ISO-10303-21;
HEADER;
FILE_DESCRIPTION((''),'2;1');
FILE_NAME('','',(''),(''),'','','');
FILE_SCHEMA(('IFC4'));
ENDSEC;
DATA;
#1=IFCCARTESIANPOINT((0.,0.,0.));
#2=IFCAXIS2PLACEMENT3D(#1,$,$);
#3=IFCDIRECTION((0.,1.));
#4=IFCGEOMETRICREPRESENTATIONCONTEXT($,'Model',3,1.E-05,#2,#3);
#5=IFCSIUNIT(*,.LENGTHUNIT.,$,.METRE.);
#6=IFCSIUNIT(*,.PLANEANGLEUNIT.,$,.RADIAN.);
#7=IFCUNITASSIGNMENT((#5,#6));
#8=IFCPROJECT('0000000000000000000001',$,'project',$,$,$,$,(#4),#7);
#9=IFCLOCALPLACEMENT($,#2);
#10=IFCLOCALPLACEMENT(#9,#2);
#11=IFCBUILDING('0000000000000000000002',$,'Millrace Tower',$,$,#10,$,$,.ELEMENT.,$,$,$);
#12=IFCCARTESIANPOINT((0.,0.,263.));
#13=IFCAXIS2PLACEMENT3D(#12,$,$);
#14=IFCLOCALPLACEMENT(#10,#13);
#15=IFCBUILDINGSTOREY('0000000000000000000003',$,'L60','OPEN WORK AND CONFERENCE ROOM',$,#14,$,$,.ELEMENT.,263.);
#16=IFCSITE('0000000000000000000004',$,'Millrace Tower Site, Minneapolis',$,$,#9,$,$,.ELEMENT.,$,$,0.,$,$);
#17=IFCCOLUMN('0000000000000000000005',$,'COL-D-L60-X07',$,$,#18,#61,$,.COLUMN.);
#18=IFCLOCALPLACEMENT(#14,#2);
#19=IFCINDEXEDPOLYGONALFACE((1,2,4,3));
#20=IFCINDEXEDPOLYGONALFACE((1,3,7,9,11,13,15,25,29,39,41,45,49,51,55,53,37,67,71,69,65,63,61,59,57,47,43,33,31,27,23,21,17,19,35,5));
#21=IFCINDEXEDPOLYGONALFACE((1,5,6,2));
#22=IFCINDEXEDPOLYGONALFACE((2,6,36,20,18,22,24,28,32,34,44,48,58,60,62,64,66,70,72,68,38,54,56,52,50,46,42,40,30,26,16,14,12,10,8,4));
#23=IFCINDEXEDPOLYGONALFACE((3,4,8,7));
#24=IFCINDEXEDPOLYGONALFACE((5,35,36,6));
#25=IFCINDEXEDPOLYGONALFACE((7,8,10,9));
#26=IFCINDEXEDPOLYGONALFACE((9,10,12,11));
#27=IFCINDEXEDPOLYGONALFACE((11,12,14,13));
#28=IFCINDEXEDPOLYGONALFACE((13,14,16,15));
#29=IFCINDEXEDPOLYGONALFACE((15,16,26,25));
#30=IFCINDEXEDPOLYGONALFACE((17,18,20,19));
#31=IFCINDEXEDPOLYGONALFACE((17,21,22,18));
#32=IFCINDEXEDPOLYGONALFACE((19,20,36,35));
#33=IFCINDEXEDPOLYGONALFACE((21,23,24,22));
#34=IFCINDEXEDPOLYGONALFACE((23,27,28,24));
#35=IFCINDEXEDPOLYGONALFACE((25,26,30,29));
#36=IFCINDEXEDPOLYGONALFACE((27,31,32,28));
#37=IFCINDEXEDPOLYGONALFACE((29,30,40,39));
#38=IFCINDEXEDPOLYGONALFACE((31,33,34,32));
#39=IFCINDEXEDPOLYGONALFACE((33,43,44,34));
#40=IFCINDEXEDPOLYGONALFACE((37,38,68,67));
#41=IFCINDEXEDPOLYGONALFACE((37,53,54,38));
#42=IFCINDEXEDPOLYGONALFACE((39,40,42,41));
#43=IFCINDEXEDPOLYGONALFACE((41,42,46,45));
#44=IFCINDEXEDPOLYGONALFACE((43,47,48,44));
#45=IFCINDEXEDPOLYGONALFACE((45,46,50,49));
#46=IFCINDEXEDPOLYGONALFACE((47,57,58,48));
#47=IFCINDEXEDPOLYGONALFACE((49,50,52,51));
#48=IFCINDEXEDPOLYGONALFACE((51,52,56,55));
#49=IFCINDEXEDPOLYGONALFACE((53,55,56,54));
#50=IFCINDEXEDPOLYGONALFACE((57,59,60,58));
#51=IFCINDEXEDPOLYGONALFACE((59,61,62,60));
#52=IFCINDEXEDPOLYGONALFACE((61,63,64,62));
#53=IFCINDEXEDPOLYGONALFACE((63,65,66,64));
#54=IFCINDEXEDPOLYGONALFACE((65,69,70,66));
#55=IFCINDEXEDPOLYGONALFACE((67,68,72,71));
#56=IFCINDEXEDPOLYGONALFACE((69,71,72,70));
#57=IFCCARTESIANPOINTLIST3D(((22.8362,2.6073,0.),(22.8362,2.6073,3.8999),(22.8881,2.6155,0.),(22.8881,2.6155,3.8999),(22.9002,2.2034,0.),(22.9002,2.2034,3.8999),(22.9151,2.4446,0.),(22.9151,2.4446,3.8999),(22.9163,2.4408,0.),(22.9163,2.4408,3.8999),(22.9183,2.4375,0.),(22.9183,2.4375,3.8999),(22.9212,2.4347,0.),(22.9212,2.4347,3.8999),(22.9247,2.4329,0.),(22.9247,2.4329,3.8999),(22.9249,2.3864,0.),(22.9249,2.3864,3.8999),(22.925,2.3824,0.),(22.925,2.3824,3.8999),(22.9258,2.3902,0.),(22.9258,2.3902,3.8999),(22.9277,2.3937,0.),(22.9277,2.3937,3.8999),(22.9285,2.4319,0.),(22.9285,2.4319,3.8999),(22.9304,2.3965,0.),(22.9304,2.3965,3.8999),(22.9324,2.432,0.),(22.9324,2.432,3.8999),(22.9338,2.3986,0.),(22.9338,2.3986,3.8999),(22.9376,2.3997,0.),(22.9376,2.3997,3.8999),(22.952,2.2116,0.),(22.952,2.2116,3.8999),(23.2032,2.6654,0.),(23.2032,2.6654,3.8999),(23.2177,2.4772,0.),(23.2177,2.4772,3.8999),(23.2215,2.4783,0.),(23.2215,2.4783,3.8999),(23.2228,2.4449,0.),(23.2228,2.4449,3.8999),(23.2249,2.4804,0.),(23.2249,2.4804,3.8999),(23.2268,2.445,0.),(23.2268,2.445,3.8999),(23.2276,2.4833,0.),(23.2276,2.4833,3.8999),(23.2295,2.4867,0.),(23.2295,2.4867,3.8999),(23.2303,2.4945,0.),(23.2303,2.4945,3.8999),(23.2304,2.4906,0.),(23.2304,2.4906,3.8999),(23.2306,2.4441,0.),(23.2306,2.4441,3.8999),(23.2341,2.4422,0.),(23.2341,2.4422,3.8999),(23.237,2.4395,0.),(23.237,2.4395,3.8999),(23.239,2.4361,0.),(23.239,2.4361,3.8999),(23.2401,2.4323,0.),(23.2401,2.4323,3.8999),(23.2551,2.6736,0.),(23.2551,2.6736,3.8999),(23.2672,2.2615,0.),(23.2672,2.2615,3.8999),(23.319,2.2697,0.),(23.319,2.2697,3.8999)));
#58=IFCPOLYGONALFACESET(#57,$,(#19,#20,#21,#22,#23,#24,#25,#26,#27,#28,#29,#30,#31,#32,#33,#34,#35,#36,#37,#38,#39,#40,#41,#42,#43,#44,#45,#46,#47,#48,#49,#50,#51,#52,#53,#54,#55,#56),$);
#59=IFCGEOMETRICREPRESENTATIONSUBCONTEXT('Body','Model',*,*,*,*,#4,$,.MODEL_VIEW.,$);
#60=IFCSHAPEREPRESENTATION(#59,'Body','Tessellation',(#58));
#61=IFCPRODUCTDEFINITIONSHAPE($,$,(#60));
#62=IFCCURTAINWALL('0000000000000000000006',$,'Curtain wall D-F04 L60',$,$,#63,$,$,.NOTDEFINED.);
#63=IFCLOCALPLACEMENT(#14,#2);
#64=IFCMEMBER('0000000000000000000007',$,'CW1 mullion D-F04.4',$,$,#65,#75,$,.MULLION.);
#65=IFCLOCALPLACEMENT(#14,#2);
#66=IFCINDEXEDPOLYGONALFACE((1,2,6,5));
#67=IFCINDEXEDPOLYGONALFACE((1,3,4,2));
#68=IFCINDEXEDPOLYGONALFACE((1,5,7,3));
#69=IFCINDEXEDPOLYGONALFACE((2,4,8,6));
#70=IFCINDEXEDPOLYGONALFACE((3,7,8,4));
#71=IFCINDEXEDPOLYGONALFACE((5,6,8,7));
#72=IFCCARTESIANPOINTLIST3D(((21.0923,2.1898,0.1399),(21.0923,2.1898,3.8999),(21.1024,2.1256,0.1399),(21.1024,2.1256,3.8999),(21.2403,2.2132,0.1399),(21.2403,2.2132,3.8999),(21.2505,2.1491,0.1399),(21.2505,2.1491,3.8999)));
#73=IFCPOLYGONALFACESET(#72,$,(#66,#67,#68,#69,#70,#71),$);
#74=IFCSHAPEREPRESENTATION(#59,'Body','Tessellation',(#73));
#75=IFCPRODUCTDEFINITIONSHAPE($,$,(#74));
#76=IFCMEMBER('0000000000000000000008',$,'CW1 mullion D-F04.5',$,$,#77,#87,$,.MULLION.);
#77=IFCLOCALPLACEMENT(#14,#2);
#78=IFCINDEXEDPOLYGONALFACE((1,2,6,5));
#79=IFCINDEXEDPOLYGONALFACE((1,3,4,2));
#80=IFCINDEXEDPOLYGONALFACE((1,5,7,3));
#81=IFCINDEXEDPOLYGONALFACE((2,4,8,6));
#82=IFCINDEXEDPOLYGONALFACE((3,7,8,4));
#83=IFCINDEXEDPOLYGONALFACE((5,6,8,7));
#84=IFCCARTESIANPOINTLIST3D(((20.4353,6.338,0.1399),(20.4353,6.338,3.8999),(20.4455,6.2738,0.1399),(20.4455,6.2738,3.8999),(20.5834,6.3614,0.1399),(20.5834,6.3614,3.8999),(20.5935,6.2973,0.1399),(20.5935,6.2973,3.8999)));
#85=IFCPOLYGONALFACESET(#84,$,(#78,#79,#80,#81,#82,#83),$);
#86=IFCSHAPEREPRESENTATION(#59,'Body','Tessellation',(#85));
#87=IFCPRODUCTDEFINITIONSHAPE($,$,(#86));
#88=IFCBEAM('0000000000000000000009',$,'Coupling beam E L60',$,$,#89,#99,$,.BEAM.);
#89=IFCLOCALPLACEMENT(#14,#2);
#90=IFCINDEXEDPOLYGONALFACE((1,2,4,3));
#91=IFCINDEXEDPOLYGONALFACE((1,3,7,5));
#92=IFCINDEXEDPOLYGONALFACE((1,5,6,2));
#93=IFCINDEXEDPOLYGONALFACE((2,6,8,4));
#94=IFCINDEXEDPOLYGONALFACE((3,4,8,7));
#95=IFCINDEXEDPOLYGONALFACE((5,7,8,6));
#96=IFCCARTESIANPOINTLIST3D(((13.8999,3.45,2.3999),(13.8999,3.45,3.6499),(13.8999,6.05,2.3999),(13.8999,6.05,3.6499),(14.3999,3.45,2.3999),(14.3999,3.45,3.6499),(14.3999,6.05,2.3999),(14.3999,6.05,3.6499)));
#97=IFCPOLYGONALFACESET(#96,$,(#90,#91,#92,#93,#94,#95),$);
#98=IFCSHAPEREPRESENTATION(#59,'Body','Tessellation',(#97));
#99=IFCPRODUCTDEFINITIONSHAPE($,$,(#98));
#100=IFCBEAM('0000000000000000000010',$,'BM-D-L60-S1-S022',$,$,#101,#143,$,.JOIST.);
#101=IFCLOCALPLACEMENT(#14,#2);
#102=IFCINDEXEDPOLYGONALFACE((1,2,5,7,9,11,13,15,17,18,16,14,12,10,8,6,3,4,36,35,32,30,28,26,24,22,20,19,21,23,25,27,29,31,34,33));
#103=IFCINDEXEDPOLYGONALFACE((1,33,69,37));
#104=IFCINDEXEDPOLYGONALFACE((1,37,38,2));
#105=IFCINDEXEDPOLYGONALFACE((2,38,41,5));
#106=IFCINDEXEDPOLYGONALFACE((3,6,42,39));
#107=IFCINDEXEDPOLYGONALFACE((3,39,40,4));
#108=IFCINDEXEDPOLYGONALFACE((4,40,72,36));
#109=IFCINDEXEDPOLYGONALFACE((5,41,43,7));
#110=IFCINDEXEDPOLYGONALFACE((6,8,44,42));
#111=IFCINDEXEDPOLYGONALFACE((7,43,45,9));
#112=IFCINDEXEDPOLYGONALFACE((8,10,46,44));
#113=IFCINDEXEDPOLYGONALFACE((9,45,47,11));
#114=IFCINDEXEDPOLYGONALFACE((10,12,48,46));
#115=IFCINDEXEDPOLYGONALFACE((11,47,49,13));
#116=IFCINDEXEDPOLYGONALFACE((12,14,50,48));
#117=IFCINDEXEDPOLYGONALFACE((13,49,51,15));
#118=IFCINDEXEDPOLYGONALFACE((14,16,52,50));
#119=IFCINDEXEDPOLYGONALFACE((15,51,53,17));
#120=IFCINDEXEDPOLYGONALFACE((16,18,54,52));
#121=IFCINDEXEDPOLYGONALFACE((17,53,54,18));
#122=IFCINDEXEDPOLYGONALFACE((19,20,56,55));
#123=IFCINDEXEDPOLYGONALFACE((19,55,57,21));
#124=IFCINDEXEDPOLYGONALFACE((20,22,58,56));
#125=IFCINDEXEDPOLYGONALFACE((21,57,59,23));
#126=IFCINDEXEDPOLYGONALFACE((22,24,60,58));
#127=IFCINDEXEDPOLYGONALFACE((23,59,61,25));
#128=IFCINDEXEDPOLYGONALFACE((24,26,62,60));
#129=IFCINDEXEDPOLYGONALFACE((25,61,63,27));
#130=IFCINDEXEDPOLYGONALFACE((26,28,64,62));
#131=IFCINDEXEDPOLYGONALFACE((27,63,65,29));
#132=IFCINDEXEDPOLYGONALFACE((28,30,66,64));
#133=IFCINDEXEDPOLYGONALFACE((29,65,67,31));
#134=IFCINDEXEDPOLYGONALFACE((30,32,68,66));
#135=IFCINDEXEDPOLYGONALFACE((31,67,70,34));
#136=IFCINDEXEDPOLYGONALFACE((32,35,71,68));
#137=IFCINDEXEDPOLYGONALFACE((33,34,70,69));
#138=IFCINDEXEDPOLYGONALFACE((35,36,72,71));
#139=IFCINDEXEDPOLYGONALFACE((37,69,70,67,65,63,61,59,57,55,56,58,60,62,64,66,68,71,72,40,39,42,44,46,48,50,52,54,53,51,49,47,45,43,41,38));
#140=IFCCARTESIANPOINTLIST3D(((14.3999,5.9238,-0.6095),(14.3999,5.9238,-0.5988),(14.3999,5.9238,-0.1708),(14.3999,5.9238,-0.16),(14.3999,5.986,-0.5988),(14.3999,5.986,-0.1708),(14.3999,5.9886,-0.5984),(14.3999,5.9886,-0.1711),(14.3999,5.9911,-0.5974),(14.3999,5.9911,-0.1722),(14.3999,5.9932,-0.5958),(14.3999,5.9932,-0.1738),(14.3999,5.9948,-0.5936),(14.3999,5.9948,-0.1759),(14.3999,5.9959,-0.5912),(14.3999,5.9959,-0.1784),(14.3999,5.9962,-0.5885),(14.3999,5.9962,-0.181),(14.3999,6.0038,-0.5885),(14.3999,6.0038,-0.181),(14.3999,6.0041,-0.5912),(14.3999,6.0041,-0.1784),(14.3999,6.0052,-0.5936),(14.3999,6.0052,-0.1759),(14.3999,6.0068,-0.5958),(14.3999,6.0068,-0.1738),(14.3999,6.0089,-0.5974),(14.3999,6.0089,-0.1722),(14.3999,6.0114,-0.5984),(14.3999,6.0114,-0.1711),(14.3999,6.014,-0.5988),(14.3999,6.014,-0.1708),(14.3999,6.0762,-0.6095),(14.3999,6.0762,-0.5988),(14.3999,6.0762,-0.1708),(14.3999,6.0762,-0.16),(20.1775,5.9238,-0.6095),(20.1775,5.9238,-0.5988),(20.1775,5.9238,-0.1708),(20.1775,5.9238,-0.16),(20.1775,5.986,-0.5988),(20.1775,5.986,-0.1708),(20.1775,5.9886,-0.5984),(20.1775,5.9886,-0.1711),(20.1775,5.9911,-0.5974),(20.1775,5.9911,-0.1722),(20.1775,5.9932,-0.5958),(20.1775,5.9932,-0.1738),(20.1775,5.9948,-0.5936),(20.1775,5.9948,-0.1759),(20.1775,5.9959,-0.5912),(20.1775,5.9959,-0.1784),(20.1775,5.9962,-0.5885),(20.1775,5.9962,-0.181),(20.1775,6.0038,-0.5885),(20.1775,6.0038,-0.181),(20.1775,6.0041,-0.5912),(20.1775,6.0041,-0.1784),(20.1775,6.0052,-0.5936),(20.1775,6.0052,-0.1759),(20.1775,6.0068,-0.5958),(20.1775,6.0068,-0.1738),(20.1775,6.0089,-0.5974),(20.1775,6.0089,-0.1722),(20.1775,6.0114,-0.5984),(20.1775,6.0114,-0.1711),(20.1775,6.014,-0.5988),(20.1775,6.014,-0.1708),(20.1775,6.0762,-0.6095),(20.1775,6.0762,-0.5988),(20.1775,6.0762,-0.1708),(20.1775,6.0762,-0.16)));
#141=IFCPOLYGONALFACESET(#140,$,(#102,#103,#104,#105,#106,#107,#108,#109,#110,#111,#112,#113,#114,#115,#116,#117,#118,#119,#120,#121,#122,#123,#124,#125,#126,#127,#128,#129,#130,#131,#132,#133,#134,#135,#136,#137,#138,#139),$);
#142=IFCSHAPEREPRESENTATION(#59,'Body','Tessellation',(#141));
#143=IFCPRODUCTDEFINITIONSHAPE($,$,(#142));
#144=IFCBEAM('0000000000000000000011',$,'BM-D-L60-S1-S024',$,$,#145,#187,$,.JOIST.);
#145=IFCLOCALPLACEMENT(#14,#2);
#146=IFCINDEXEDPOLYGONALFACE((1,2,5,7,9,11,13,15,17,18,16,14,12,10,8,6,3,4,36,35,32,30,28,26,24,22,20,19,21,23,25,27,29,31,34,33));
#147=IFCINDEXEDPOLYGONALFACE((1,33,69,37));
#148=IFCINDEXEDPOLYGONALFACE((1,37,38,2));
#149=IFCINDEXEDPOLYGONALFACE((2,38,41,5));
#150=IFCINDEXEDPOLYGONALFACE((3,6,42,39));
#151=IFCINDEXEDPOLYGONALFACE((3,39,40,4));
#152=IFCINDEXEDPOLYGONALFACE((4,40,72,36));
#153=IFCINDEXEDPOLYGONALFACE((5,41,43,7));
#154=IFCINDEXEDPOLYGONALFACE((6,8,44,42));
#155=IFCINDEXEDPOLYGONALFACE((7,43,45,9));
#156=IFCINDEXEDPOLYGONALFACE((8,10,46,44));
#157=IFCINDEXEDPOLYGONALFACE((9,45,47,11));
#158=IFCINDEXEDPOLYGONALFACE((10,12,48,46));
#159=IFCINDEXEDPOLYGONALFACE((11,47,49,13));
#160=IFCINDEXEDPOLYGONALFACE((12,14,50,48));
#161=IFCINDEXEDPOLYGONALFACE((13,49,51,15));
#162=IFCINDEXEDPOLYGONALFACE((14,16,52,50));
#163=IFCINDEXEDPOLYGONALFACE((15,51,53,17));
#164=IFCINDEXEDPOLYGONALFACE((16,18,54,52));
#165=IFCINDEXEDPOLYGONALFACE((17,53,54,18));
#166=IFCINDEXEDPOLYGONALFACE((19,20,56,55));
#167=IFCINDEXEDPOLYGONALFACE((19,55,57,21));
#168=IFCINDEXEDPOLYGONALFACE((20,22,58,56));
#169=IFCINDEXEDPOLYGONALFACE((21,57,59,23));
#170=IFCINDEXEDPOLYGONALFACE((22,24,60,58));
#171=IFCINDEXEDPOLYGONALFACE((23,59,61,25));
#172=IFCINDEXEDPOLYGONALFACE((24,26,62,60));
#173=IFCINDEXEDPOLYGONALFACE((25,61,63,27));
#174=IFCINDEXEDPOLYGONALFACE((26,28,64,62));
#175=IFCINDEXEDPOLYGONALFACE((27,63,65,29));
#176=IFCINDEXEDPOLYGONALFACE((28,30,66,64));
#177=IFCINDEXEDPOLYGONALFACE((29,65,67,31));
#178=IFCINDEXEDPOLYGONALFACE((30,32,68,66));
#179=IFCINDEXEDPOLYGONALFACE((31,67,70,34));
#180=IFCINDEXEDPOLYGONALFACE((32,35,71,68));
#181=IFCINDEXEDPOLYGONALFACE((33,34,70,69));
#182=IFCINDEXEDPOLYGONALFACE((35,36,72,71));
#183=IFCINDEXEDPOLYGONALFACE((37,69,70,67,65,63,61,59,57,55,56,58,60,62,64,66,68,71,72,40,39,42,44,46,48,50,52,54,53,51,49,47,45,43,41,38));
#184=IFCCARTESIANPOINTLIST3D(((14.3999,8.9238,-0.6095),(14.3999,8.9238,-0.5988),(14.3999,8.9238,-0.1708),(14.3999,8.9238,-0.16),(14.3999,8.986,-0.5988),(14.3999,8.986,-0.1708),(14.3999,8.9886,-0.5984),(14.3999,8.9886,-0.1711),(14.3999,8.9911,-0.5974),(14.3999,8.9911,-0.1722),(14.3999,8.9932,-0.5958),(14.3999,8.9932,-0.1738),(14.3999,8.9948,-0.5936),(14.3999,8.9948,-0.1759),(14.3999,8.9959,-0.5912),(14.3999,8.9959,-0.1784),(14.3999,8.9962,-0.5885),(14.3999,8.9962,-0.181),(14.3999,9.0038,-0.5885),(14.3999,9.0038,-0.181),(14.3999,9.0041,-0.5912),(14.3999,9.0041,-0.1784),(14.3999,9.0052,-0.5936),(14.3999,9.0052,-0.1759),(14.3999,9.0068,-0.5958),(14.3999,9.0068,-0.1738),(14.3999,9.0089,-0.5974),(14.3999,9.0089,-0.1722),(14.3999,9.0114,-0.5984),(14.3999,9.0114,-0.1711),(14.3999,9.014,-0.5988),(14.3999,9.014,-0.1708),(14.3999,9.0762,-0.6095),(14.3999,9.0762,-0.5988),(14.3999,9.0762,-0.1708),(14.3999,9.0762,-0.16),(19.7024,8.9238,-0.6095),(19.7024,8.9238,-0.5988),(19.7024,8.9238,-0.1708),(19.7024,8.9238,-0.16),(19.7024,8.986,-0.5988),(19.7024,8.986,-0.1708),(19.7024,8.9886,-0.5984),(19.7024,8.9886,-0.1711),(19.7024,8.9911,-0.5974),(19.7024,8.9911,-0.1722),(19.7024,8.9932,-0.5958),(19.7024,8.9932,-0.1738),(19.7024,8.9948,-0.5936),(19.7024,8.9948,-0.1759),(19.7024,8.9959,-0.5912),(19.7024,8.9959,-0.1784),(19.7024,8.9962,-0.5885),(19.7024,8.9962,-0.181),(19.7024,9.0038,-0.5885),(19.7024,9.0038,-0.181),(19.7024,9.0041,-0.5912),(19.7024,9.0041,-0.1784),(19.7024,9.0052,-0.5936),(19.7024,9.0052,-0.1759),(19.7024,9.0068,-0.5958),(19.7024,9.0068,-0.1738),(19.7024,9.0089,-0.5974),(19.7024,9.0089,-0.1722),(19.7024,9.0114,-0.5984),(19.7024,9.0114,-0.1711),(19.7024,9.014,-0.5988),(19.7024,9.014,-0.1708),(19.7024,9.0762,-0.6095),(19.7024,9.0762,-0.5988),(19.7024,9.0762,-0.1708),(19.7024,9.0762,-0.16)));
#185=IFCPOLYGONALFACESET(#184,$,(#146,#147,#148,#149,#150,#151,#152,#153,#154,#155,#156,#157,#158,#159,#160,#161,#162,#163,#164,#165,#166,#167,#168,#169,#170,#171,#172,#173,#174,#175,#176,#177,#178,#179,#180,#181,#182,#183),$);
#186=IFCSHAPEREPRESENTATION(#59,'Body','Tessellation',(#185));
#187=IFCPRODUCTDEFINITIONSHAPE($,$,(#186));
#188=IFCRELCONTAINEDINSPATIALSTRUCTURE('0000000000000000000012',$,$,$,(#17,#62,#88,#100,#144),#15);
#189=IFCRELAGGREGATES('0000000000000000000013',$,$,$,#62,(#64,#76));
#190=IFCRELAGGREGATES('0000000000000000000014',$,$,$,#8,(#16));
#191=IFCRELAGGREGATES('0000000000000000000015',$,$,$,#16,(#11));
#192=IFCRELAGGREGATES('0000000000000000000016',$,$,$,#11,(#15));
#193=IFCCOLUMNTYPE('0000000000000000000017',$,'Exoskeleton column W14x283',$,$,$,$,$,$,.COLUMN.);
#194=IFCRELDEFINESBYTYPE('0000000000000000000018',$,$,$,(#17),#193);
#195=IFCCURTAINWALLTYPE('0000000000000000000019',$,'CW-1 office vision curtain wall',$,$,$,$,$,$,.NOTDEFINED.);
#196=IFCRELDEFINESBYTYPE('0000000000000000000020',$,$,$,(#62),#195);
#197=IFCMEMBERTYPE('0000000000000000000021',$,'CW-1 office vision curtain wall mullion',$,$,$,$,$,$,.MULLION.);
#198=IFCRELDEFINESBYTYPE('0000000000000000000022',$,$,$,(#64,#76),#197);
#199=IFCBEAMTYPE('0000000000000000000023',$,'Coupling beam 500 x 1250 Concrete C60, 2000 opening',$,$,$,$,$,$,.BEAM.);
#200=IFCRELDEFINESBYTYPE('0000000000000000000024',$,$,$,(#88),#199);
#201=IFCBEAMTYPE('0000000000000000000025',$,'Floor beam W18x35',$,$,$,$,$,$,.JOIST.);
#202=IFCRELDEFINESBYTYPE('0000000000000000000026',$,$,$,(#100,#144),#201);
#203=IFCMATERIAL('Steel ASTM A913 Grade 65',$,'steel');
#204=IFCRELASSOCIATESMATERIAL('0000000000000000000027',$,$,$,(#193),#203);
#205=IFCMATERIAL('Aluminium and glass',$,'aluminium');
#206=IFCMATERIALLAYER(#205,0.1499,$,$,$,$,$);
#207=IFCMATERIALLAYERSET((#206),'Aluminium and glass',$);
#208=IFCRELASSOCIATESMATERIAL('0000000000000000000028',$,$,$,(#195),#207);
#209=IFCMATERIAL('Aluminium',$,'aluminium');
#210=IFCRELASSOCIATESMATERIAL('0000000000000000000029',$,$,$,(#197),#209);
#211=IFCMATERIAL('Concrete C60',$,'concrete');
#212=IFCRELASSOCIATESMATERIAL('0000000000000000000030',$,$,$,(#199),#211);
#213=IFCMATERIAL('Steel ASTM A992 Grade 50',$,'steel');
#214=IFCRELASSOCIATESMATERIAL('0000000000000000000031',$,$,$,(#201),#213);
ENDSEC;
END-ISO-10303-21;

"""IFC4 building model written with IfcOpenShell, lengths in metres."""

from ifc_helpers import new_model, si_unit, direction, frame, origin, origin_2d, place, context, subcontext, project, spatial, rectangle, i_section, extrude, material, layer, layer_set, material_profile, profile_set, type_object, element, aggregate, save


model = new_model("IFC4")

# Units and contexts
model_context = context("Model", 3, precision=1e-05, world=origin(), true_north=direction((0.0, 1.0)))
body_context = subcontext(model_context, "Body", "Model", "MODEL_VIEW")
ifc_project = project(units=[si_unit("LENGTHUNIT", "METRE"), si_unit("PLANEANGLEUNIT", "RADIAN")], contexts=[model_context])

# Site, building, storey
site_placement = place(None, origin())
site = spatial("IfcSite", under=ifc_project, at=site_placement, Name="Millrace Tower Site, Minneapolis", CompositionType="ELEMENT", RefElevation=0.0)
building_placement = place(site_placement, origin())
building = spatial("IfcBuilding", under=site, at=building_placement, Name="Millrace Tower", CompositionType="ELEMENT")
storey_placement = place(building_placement, frame((0.0, 0.0, 263.0)))
storey = spatial("IfcBuildingStorey", under=building, at=storey_placement, Name="L60", Description="OPEN WORK AND CONFERENCE ROOM", CompositionType="ELEMENT", Elevation=263.0)

# Column
ifc_material_1 = material(Name="Steel ASTM A913 Grade 65", Category="steel")
ifc_material_profile_1 = material_profile(ifc_material_1, i_section(OverallWidth=0.4089, OverallDepth=0.4241, WebThickness=0.0327, FlangeThickness=0.0525, FilletRadius=0.0151, at=origin_2d()))
ifc_profile_set_1 = profile_set([ifc_material_profile_1], Name="Steel ASTM A913 Grade 65")
column_type = type_object("IfcColumnType", Name="Exoskeleton column W14x283", PredefinedType="COLUMN", material=ifc_profile_set_1)
column_placement = place(storey_placement, frame((23.0776, 2.4385, 0.0), z_axis=(0.0, 0.0, 1.0), x_axis=(-0.156434, 0.987688, 0.0)))
element("IfcColumn", 1, at=column_placement, inside=storey, type_object=column_type, Name="COL-D-L60-X07", PredefinedType="COLUMN", context=body_context, shape_type="SweptSolid", body=[
    extrude(i_section(OverallWidth=0.4089, OverallDepth=0.4241, WebThickness=0.0327, FlangeThickness=0.0525, FilletRadius=0.0151, at=origin_2d()), origin(), (0.0, 0.0, 1.0), 3.8999),
])

# Curtain wall, members
ifc_material_2 = material(Name="Aluminium and glass", Category="aluminium")
ifc_layer_1 = layer(ifc_material_2, 0.1499)
ifc_layer_set_1 = layer_set([ifc_layer_1], Name="Aluminium and glass")
curtain_wall_type = type_object("IfcCurtainWallType", Name="CW-1 office vision curtain wall", PredefinedType="NOTDEFINED", material=ifc_layer_set_1)
curtain_wall_placement = place(storey_placement, origin())
curtain_wall = element("IfcCurtainWall", 2, at=curtain_wall_placement, inside=storey, type_object=curtain_wall_type, Name="Curtain wall D-F04 L60", PredefinedType="NOTDEFINED")
ifc_material_3 = material(Name="Aluminium", Category="aluminium")
ifc_material_profile_2 = material_profile(ifc_material_3, rectangle(XDim=0.0649, YDim=0.1499, at=origin_2d()))
ifc_profile_set_2 = profile_set([ifc_material_profile_2], Name="Aluminium")
member_type = type_object("IfcMemberType", Name="CW-1 office vision curtain wall mullion", PredefinedType="MULLION", material=ifc_profile_set_2)
member_1_placement = place(storey_placement, frame((21.1714, 2.1694, 0.1399), z_axis=(0.0, 0.0, 1.0), x_axis=(-0.156434, 0.987688, 0.0)))
member_1 = element("IfcMember", 3, at=member_1_placement, type_object=member_type, Name="CW1 mullion D-F04.4", PredefinedType="MULLION", context=body_context, shape_type="SweptSolid", body=[
    extrude(rectangle(XDim=0.0649, YDim=0.1499, at=origin_2d()), origin(), (0.0, 0.0, 1.0), 3.76),
])
member_2_placement = place(storey_placement, frame((20.5144, 6.3176, 0.1399), z_axis=(0.0, 0.0, 1.0), x_axis=(-0.156434, 0.987688, 0.0)))
member_2 = element("IfcMember", 4, at=member_2_placement, type_object=member_type, Name="CW1 mullion D-F04.5", PredefinedType="MULLION", context=body_context, shape_type="SweptSolid", body=[
    extrude(rectangle(XDim=0.0649, YDim=0.1499, at=origin_2d()), origin(), (0.0, 0.0, 1.0), 3.76),
])
aggregate(curtain_wall, [member_1, member_2])

# Beams
ifc_material_4 = material(Name="Concrete C60", Category="concrete")
ifc_material_profile_3 = material_profile(ifc_material_4, rectangle(XDim=0.5, YDim=1.25, at=origin_2d()))
ifc_profile_set_3 = profile_set([ifc_material_profile_3], Name="Concrete C60")
beam_type_1 = type_object("IfcBeamType", Name="Coupling beam 500 x 1250 Concrete C60, 2000 opening", PredefinedType="BEAM", material=ifc_profile_set_3)
beam_1_placement = place(storey_placement, frame((14.1499, 6.05, 3.0249), z_axis=(0.0, -1.0, 0.0), x_axis=(1.0, 0.0, 0.0)))
element("IfcBeam", 5, at=beam_1_placement, inside=storey, type_object=beam_type_1, Name="Coupling beam E L60", PredefinedType="BEAM", context=body_context, shape_type="SweptSolid", body=[
    extrude(rectangle(XDim=0.5, YDim=1.25, at=origin_2d()), origin(), (0.0, 0.0, 1.0), 2.6001),
])
ifc_material_5 = material(Name="Steel ASTM A992 Grade 50", Category="steel")
ifc_material_profile_4 = material_profile(ifc_material_5, i_section(OverallWidth=0.1523, OverallDepth=0.4495, WebThickness=0.0076, FlangeThickness=0.0107, FilletRadius=0.0103, at=origin_2d()))
ifc_profile_set_4 = profile_set([ifc_material_profile_4], Name="Steel ASTM A992 Grade 50")
beam_type_2 = type_object("IfcBeamType", Name="Floor beam W18x35", PredefinedType="JOIST", material=ifc_profile_set_4)
beam_2_placement = place(storey_placement, frame((14.3999, 6.0, -0.3848), z_axis=(1.0, 0.0, 0.0), x_axis=(0.0, 1.0, 0.0)))
element("IfcBeam", 6, at=beam_2_placement, inside=storey, type_object=beam_type_2, Name="BM-D-L60-S1-S022", PredefinedType="JOIST", context=body_context, shape_type="SweptSolid", body=[
    extrude(i_section(OverallWidth=0.1523, OverallDepth=0.4495, WebThickness=0.0076, FlangeThickness=0.0107, FilletRadius=0.0103, at=origin_2d()), origin(), (0.0, 0.0, 1.0), 5.7776),
])
beam_3_placement = place(storey_placement, frame((14.3999, 9.0, -0.3848), z_axis=(1.0, 0.0, 0.0), x_axis=(0.0, 1.0, 0.0)))
element("IfcBeam", 7, at=beam_3_placement, inside=storey, type_object=beam_type_2, Name="BM-D-L60-S1-S024", PredefinedType="JOIST", context=body_context, shape_type="SweptSolid", body=[
    extrude(i_section(OverallWidth=0.1523, OverallDepth=0.4495, WebThickness=0.0076, FlangeThickness=0.0107, FilletRadius=0.0103, at=origin_2d()), origin(), (0.0, 0.0, 1.0), 5.3025),
])

save(model, "model.ifc")
